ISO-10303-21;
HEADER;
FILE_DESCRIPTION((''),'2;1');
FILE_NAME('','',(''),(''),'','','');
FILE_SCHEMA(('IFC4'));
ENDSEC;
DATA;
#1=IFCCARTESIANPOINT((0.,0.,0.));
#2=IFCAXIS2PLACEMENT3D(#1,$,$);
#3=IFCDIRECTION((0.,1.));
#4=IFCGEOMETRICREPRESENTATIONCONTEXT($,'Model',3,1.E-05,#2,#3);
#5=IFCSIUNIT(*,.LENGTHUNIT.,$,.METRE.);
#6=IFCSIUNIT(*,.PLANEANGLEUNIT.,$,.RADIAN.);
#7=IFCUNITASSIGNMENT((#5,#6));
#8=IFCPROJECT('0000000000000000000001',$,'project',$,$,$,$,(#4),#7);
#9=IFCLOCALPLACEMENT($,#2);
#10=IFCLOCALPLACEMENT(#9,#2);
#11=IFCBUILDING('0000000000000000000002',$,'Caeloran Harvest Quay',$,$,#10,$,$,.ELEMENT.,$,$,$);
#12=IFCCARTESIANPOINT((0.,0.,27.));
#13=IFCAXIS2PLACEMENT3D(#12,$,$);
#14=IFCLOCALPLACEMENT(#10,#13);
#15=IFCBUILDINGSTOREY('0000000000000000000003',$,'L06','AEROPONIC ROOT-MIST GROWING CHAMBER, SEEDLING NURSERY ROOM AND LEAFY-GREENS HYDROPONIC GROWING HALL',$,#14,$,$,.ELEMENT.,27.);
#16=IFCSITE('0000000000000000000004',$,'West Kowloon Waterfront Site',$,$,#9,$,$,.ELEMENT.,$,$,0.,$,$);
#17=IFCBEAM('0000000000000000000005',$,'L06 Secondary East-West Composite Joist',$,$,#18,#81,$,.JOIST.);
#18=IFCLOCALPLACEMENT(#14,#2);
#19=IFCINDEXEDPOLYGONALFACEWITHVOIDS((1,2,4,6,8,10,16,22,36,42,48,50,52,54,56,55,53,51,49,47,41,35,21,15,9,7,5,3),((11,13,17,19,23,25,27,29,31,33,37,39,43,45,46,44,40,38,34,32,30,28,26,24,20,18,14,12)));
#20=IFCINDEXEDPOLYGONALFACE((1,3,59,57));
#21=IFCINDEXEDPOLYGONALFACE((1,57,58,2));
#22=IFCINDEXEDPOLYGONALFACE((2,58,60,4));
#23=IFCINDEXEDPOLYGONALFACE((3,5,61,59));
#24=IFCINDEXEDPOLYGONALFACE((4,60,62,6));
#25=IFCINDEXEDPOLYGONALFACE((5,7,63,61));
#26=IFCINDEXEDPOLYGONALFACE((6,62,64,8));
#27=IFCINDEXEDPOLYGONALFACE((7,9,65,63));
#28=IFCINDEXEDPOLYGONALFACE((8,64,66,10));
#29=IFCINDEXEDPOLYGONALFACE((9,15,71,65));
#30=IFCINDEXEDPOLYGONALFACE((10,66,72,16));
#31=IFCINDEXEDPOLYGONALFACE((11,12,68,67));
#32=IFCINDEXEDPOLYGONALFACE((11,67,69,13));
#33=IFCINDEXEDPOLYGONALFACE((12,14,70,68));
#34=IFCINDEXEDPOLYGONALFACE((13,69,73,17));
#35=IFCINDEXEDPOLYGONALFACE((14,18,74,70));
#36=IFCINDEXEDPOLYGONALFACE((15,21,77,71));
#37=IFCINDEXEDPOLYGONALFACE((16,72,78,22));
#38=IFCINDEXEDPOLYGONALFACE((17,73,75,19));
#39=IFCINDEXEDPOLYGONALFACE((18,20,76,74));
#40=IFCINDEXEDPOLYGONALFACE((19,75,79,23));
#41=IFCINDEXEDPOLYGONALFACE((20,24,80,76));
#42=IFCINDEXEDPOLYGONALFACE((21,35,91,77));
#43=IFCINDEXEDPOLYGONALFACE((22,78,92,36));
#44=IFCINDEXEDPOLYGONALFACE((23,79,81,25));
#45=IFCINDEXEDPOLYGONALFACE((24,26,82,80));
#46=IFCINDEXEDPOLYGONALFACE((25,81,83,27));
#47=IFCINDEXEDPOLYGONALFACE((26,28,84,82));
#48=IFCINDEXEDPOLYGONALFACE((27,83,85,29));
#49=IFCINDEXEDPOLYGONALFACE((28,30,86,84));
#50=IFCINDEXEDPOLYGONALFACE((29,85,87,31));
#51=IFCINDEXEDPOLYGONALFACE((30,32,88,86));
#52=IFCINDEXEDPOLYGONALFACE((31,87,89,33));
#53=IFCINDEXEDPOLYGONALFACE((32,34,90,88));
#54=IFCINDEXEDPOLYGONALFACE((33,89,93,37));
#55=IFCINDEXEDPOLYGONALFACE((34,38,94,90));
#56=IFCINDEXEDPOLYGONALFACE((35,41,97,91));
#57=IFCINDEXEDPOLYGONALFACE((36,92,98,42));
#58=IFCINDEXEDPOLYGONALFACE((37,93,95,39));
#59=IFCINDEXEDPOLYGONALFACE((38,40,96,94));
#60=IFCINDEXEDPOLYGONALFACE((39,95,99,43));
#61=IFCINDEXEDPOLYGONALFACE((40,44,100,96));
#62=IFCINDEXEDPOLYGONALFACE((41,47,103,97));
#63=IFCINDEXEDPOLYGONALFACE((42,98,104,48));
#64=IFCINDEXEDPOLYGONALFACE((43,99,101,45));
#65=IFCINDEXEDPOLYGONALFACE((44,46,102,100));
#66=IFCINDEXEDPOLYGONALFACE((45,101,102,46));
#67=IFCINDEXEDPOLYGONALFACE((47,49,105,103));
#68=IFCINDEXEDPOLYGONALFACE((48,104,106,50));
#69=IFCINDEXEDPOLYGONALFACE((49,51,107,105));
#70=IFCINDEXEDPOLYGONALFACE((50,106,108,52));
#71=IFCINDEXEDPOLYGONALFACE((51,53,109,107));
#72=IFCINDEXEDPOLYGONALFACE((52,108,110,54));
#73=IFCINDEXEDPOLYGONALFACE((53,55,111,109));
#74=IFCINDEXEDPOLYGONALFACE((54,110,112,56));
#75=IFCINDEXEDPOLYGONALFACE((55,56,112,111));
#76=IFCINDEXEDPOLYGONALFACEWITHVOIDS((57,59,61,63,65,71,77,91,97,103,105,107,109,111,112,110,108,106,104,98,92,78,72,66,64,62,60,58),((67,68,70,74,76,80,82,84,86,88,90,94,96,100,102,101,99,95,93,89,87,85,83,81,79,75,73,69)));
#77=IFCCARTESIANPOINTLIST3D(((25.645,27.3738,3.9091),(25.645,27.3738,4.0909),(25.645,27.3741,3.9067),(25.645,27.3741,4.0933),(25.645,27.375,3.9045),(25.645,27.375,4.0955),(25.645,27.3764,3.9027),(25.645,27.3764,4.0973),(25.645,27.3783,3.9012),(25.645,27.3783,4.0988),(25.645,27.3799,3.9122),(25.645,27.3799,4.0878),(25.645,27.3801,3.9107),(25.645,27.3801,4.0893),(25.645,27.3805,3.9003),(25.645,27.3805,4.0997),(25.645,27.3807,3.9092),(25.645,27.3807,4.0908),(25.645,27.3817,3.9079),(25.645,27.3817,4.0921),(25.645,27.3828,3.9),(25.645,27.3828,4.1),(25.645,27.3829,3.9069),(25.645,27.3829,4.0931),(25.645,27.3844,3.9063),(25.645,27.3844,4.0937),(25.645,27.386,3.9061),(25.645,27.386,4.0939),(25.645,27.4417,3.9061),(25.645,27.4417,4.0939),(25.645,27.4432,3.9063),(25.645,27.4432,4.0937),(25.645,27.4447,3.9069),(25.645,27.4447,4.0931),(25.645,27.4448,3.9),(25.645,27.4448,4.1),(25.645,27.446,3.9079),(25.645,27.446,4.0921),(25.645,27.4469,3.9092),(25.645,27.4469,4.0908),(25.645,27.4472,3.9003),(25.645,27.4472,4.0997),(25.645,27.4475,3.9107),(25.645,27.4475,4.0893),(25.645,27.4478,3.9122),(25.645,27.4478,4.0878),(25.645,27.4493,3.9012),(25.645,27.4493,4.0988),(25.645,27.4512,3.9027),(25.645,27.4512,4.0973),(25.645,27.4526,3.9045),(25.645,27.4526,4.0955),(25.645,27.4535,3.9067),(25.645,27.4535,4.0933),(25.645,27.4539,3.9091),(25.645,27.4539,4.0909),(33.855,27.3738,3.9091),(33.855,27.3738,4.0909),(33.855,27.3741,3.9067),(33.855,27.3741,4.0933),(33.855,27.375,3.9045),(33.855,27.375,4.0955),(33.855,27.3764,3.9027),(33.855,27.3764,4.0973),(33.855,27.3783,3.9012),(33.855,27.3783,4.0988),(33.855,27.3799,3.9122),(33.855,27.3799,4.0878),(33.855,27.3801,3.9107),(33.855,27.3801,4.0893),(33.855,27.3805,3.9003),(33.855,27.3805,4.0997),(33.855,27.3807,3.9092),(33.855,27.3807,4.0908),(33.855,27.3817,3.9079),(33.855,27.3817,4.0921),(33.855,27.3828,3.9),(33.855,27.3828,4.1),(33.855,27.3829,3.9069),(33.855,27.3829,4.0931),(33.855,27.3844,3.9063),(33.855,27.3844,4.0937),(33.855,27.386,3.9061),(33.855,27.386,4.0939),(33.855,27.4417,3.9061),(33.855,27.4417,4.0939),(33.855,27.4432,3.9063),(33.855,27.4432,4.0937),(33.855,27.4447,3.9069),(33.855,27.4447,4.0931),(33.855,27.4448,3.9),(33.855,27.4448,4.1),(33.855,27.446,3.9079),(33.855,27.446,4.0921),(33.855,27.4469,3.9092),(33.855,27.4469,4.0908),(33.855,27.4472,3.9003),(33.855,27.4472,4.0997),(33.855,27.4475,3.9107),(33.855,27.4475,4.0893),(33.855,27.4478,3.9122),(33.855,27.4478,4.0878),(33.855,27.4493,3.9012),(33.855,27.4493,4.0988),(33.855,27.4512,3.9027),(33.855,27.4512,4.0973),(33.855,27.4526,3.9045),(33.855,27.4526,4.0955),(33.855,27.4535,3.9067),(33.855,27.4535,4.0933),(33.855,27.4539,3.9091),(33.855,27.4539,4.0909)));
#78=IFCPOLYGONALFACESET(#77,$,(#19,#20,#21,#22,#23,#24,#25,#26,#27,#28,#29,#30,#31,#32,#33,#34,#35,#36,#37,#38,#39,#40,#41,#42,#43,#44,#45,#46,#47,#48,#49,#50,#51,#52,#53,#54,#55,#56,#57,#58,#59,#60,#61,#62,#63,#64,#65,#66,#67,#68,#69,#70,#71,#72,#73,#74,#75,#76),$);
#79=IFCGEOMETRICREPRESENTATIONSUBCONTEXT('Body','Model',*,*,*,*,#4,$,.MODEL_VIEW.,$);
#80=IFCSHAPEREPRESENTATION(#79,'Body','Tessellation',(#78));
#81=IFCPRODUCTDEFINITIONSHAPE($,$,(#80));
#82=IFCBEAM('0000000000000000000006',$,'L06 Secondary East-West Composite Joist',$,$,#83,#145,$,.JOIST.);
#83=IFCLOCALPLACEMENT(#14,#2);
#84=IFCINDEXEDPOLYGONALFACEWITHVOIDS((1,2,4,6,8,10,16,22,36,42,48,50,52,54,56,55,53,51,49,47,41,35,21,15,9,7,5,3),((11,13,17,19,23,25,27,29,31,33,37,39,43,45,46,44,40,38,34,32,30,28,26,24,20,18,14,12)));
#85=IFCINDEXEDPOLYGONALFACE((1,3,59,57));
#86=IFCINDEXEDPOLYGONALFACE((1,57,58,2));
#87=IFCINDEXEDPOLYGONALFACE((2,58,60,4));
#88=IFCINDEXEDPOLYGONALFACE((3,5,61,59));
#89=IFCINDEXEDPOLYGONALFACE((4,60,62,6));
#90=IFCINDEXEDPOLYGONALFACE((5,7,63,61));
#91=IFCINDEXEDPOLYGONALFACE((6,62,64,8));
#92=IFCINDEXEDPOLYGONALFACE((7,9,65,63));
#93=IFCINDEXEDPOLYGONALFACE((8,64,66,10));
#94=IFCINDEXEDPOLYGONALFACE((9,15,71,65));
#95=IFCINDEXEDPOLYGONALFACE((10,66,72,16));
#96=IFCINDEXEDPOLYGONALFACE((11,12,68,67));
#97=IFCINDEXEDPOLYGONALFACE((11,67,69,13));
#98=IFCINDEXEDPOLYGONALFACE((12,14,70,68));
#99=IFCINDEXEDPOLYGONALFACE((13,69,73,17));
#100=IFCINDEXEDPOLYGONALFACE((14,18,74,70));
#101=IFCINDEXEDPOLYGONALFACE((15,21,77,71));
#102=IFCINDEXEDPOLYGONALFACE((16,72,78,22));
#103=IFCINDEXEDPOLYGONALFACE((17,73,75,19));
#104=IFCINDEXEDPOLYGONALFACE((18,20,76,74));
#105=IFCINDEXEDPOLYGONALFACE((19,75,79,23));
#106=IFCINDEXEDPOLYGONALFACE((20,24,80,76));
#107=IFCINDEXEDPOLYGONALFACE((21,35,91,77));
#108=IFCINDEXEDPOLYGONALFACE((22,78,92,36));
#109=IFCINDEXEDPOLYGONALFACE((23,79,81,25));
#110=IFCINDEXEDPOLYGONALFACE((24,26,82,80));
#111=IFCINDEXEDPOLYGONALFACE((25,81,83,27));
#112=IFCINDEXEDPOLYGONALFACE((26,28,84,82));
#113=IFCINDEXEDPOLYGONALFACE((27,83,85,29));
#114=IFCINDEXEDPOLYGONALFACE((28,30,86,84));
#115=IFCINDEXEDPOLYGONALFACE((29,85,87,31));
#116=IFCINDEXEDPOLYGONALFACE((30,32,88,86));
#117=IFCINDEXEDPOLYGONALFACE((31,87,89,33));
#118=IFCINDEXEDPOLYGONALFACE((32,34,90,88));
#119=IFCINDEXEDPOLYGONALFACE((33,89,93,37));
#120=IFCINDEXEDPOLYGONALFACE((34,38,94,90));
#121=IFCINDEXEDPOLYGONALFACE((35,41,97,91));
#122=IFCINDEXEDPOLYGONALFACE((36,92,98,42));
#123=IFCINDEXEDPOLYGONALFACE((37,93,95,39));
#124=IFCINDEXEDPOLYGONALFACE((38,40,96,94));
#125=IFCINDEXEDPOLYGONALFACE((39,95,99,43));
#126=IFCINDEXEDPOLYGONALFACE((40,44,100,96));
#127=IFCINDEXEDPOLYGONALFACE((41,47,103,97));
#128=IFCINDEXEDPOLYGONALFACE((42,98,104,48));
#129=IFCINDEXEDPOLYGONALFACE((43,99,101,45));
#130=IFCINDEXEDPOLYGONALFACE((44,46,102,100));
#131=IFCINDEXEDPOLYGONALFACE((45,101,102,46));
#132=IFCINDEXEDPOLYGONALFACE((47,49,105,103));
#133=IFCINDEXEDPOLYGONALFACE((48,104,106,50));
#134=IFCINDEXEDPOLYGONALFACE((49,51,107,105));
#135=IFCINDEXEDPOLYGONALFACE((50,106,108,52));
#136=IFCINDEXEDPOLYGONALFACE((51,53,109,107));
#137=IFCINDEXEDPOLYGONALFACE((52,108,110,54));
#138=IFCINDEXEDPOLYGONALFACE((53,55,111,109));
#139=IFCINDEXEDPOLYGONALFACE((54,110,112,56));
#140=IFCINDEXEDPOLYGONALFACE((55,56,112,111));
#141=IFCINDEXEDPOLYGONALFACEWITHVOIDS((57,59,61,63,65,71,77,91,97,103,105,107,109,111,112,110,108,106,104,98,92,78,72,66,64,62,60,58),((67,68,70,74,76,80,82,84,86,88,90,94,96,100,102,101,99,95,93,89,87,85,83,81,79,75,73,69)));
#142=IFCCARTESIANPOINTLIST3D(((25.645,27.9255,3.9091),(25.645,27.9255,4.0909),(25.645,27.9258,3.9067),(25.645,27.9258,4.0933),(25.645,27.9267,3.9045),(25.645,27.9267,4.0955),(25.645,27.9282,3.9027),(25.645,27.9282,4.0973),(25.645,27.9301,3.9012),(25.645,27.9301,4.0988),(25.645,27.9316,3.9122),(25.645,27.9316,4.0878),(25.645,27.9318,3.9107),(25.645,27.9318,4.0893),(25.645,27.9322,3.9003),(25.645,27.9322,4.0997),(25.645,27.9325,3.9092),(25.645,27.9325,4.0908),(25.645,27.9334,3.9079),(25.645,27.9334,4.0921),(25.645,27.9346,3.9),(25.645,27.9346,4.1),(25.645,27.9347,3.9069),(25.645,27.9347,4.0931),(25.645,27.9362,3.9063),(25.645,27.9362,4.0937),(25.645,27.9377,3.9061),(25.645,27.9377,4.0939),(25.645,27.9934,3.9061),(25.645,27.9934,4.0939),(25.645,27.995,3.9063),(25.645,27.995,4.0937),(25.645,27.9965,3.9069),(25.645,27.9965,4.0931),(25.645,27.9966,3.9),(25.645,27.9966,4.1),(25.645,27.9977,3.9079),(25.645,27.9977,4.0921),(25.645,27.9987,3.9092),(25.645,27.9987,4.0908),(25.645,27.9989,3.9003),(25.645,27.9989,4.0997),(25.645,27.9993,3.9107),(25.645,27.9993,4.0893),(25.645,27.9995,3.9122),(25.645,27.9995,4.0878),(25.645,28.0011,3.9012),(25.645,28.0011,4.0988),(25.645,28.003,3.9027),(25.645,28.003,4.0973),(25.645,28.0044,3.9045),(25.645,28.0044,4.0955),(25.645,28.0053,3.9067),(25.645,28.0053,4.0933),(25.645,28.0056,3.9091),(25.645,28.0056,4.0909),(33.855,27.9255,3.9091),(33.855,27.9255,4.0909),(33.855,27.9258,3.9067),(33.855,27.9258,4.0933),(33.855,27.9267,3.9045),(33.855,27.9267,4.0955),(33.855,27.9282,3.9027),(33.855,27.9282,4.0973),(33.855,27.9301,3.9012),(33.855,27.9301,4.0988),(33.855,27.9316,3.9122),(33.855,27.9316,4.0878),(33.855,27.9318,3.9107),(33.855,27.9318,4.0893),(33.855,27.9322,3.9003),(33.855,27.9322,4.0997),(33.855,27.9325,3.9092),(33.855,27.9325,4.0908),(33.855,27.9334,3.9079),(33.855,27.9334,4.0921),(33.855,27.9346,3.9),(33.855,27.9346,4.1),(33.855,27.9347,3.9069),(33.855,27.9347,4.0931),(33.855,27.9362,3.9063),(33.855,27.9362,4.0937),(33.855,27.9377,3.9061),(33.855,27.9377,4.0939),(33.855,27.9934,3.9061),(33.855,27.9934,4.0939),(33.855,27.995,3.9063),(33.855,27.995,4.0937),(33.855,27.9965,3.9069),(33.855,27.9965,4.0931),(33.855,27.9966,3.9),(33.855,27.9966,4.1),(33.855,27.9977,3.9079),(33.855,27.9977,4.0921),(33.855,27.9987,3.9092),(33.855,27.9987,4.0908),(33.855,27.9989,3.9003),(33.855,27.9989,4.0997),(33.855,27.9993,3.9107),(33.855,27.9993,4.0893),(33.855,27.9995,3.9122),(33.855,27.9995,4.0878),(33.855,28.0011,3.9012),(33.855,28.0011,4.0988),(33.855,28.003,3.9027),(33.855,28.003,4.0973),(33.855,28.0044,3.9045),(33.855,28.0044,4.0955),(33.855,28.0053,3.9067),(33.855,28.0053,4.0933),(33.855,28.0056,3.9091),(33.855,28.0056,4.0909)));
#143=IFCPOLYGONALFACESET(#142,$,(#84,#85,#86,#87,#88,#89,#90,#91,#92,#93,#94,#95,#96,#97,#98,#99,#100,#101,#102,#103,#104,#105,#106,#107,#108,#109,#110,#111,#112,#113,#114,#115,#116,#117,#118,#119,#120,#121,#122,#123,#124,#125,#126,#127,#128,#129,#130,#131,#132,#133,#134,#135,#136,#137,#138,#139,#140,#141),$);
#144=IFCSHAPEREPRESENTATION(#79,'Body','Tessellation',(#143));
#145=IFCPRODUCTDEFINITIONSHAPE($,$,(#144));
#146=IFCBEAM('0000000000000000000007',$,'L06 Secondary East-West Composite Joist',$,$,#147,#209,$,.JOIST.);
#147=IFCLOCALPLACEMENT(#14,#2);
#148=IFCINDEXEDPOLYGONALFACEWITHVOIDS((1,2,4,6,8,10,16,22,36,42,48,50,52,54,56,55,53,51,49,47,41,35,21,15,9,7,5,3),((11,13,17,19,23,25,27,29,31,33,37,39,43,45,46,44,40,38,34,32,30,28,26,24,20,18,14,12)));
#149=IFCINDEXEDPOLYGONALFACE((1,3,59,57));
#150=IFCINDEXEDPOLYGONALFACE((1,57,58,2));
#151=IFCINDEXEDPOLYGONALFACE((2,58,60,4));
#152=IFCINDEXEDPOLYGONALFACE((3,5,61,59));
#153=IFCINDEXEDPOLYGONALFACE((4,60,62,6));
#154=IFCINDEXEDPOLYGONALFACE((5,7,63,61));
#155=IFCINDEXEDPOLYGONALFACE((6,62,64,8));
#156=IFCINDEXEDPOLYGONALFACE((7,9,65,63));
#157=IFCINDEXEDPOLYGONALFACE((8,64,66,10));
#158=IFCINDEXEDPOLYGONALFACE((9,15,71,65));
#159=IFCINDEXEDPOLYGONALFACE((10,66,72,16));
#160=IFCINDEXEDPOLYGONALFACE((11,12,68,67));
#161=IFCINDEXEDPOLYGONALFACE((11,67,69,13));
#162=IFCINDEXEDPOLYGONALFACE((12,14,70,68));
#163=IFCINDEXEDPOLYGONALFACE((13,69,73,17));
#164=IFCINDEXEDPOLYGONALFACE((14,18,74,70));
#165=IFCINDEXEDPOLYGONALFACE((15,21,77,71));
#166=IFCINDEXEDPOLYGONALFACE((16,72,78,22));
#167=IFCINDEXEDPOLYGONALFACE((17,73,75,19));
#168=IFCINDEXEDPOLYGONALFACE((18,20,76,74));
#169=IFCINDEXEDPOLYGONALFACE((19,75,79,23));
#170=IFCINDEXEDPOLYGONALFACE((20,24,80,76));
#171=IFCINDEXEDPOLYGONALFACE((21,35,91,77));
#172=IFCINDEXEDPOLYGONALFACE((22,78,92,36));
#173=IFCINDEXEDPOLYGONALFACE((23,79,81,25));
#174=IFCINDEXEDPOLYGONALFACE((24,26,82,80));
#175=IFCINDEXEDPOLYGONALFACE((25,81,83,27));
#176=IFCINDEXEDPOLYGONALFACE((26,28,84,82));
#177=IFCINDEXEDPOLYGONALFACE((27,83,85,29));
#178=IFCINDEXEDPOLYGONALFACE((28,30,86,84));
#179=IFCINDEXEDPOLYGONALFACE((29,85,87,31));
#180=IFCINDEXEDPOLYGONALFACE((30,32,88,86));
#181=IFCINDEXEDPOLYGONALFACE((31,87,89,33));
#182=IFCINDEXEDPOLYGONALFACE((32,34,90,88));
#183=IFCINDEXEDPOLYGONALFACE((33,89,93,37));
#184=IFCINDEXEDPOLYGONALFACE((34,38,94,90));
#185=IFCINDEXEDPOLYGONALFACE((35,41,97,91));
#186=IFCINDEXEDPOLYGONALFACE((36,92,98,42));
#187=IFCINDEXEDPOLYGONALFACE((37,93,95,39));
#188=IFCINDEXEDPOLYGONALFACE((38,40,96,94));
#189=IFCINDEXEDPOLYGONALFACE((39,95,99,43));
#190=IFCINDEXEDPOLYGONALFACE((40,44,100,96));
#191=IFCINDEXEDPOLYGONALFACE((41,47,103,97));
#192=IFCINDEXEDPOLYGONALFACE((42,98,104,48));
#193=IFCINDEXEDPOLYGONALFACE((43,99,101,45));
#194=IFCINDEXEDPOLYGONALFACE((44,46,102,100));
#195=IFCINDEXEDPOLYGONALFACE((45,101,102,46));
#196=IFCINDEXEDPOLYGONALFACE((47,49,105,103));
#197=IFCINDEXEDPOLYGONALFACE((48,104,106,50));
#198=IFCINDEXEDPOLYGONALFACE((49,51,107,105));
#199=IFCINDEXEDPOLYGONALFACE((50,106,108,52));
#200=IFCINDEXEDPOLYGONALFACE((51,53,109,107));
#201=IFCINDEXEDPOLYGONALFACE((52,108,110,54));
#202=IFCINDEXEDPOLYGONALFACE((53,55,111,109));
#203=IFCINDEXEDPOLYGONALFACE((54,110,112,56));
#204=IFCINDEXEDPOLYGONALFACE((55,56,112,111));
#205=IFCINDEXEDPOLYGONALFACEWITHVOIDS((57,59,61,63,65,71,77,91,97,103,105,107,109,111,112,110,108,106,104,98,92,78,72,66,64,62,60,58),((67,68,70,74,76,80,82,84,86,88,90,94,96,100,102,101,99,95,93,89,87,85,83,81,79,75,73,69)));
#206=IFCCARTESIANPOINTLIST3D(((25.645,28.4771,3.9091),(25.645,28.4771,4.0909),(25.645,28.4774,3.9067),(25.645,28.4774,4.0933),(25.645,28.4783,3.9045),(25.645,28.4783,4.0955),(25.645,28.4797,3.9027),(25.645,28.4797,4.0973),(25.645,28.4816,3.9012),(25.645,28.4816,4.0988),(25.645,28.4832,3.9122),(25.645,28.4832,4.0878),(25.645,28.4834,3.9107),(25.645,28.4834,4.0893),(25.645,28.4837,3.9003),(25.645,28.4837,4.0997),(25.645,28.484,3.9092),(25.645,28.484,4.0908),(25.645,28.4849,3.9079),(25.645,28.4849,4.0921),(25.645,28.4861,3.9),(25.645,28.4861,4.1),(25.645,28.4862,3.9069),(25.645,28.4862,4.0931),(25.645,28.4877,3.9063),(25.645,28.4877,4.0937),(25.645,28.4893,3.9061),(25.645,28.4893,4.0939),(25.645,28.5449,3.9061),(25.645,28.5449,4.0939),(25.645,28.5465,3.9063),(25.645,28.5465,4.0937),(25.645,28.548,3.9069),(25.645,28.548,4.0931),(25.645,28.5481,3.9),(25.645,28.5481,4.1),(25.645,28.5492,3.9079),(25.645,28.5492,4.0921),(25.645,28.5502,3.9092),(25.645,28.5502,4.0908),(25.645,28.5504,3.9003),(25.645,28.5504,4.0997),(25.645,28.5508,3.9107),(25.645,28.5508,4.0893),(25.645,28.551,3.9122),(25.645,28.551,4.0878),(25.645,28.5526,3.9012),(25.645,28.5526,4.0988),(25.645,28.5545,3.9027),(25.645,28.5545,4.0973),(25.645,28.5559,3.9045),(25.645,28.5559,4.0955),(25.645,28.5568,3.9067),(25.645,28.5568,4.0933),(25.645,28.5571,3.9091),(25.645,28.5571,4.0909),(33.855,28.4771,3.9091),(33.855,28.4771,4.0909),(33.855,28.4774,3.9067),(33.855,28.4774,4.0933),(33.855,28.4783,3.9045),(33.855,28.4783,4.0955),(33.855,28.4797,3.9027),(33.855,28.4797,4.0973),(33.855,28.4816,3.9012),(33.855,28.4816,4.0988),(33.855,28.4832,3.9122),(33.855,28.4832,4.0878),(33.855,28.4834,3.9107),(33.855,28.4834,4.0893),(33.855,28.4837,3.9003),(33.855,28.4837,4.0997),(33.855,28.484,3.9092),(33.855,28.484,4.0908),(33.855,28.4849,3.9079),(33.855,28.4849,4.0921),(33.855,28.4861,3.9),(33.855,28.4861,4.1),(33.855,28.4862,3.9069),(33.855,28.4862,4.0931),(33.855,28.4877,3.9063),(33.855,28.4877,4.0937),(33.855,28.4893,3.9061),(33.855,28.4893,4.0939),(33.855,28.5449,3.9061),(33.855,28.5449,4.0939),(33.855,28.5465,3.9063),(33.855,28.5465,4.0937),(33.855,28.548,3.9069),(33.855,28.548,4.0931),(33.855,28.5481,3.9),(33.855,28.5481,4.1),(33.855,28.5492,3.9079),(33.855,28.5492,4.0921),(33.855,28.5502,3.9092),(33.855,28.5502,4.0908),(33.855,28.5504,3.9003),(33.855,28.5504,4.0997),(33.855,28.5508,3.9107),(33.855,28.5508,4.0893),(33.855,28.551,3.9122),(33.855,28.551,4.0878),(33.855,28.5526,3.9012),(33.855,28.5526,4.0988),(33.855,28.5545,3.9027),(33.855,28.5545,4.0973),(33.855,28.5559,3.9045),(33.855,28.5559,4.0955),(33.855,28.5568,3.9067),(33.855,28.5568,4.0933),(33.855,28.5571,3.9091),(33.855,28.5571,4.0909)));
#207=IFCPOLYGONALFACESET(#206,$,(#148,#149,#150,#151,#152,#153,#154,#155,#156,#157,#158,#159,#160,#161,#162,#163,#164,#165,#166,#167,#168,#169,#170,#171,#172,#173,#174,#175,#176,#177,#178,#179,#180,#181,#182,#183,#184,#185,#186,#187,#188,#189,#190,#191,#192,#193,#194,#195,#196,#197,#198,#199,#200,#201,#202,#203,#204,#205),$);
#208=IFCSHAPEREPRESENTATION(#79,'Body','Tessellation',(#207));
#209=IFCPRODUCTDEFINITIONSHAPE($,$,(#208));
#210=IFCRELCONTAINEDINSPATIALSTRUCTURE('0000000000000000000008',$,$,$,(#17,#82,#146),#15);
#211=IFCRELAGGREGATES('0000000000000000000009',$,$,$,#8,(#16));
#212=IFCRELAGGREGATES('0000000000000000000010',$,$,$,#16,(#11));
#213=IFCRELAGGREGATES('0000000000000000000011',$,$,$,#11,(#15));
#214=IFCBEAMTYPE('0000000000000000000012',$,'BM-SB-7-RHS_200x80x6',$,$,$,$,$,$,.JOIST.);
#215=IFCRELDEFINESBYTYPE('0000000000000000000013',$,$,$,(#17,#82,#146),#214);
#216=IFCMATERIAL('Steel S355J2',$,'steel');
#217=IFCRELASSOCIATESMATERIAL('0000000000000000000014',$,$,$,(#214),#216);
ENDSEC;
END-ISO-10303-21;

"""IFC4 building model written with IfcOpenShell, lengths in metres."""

from ifc_helpers import new_model, si_unit, direction, frame, origin, origin_2d, place, context, subcontext, project, spatial, hollow_rectangle, extrude, material, material_profile, profile_set, type_object, element, save


model = new_model("IFC4")

# Units and contexts
model_context = context("Model", 3, precision=1e-05, world=origin(), true_north=direction((0.0, 1.0)))
body_context = subcontext(model_context, "Body", "Model", "MODEL_VIEW")
ifc_project = project(units=[si_unit("LENGTHUNIT", "METRE"), si_unit("PLANEANGLEUNIT", "RADIAN")], contexts=[model_context])

# Site, building, storey
site_placement = place(None, origin())
site = spatial("IfcSite", under=ifc_project, at=site_placement, Name="West Kowloon Waterfront Site", CompositionType="ELEMENT", RefElevation=0.0)
building_placement = place(site_placement, origin())
building = spatial("IfcBuilding", under=site, at=building_placement, Name="Caeloran Harvest Quay", CompositionType="ELEMENT")
storey_placement = place(building_placement, frame((0.0, 0.0, 27.0)))
storey = spatial("IfcBuildingStorey", under=building, at=storey_placement, Name="L06", Description="AEROPONIC ROOT-MIST GROWING CHAMBER, SEEDLING NURSERY ROOM AND LEAFY-GREENS HYDROPONIC GROWING HALL", CompositionType="ELEMENT", Elevation=27.0)

# Beams
ifc_material_1 = material(Name="Steel S355J2", Category="steel")
ifc_material_profile_1 = material_profile(ifc_material_1, hollow_rectangle(XDim=0.0801, YDim=0.2, WallThickness=0.0061, InnerFilletRadius=0.0061, OuterFilletRadius=0.009, at=origin_2d()), Name="RHS 200x80x6")
ifc_profile_set_1 = profile_set([ifc_material_profile_1], Name="Steel S355J2")
beam_type_1 = type_object("IfcBeamType", Name="BM-SB-7-RHS_200x80x6", PredefinedType="JOIST", material=ifc_profile_set_1)
for number, where, z_axis, x_axis, name in (
    (1, (25.645, 27.4138, 4.0), (1.0, 0.0, 0.0), (0.0, 1.0, 0.0), "L06 Secondary East-West Composite Joist"),
    (2, (25.645, 27.9656, 4.0), (1.0, 0.0, 0.0), (0.0, 1.0, 0.0), "L06 Secondary East-West Composite Joist"),
    (3, (25.645, 28.5171, 4.0), (1.0, 0.0, 0.0), (0.0, 1.0, 0.0), "L06 Secondary East-West Composite Joist"),
):
    element("IfcBeam", number, at=place(storey_placement, frame(where, z_axis=z_axis, x_axis=x_axis)), inside=storey, type_object=beam_type_1, Name=name, PredefinedType="JOIST", context=body_context, shape_type="SweptSolid", body=[
        extrude(hollow_rectangle(XDim=0.0801, YDim=0.2, WallThickness=0.0061, InnerFilletRadius=0.0061, OuterFilletRadius=0.009, at=origin_2d()), origin(), (0.0, 0.0, 1.0), 8.21),
    ])

save(model, "model.ifc")
